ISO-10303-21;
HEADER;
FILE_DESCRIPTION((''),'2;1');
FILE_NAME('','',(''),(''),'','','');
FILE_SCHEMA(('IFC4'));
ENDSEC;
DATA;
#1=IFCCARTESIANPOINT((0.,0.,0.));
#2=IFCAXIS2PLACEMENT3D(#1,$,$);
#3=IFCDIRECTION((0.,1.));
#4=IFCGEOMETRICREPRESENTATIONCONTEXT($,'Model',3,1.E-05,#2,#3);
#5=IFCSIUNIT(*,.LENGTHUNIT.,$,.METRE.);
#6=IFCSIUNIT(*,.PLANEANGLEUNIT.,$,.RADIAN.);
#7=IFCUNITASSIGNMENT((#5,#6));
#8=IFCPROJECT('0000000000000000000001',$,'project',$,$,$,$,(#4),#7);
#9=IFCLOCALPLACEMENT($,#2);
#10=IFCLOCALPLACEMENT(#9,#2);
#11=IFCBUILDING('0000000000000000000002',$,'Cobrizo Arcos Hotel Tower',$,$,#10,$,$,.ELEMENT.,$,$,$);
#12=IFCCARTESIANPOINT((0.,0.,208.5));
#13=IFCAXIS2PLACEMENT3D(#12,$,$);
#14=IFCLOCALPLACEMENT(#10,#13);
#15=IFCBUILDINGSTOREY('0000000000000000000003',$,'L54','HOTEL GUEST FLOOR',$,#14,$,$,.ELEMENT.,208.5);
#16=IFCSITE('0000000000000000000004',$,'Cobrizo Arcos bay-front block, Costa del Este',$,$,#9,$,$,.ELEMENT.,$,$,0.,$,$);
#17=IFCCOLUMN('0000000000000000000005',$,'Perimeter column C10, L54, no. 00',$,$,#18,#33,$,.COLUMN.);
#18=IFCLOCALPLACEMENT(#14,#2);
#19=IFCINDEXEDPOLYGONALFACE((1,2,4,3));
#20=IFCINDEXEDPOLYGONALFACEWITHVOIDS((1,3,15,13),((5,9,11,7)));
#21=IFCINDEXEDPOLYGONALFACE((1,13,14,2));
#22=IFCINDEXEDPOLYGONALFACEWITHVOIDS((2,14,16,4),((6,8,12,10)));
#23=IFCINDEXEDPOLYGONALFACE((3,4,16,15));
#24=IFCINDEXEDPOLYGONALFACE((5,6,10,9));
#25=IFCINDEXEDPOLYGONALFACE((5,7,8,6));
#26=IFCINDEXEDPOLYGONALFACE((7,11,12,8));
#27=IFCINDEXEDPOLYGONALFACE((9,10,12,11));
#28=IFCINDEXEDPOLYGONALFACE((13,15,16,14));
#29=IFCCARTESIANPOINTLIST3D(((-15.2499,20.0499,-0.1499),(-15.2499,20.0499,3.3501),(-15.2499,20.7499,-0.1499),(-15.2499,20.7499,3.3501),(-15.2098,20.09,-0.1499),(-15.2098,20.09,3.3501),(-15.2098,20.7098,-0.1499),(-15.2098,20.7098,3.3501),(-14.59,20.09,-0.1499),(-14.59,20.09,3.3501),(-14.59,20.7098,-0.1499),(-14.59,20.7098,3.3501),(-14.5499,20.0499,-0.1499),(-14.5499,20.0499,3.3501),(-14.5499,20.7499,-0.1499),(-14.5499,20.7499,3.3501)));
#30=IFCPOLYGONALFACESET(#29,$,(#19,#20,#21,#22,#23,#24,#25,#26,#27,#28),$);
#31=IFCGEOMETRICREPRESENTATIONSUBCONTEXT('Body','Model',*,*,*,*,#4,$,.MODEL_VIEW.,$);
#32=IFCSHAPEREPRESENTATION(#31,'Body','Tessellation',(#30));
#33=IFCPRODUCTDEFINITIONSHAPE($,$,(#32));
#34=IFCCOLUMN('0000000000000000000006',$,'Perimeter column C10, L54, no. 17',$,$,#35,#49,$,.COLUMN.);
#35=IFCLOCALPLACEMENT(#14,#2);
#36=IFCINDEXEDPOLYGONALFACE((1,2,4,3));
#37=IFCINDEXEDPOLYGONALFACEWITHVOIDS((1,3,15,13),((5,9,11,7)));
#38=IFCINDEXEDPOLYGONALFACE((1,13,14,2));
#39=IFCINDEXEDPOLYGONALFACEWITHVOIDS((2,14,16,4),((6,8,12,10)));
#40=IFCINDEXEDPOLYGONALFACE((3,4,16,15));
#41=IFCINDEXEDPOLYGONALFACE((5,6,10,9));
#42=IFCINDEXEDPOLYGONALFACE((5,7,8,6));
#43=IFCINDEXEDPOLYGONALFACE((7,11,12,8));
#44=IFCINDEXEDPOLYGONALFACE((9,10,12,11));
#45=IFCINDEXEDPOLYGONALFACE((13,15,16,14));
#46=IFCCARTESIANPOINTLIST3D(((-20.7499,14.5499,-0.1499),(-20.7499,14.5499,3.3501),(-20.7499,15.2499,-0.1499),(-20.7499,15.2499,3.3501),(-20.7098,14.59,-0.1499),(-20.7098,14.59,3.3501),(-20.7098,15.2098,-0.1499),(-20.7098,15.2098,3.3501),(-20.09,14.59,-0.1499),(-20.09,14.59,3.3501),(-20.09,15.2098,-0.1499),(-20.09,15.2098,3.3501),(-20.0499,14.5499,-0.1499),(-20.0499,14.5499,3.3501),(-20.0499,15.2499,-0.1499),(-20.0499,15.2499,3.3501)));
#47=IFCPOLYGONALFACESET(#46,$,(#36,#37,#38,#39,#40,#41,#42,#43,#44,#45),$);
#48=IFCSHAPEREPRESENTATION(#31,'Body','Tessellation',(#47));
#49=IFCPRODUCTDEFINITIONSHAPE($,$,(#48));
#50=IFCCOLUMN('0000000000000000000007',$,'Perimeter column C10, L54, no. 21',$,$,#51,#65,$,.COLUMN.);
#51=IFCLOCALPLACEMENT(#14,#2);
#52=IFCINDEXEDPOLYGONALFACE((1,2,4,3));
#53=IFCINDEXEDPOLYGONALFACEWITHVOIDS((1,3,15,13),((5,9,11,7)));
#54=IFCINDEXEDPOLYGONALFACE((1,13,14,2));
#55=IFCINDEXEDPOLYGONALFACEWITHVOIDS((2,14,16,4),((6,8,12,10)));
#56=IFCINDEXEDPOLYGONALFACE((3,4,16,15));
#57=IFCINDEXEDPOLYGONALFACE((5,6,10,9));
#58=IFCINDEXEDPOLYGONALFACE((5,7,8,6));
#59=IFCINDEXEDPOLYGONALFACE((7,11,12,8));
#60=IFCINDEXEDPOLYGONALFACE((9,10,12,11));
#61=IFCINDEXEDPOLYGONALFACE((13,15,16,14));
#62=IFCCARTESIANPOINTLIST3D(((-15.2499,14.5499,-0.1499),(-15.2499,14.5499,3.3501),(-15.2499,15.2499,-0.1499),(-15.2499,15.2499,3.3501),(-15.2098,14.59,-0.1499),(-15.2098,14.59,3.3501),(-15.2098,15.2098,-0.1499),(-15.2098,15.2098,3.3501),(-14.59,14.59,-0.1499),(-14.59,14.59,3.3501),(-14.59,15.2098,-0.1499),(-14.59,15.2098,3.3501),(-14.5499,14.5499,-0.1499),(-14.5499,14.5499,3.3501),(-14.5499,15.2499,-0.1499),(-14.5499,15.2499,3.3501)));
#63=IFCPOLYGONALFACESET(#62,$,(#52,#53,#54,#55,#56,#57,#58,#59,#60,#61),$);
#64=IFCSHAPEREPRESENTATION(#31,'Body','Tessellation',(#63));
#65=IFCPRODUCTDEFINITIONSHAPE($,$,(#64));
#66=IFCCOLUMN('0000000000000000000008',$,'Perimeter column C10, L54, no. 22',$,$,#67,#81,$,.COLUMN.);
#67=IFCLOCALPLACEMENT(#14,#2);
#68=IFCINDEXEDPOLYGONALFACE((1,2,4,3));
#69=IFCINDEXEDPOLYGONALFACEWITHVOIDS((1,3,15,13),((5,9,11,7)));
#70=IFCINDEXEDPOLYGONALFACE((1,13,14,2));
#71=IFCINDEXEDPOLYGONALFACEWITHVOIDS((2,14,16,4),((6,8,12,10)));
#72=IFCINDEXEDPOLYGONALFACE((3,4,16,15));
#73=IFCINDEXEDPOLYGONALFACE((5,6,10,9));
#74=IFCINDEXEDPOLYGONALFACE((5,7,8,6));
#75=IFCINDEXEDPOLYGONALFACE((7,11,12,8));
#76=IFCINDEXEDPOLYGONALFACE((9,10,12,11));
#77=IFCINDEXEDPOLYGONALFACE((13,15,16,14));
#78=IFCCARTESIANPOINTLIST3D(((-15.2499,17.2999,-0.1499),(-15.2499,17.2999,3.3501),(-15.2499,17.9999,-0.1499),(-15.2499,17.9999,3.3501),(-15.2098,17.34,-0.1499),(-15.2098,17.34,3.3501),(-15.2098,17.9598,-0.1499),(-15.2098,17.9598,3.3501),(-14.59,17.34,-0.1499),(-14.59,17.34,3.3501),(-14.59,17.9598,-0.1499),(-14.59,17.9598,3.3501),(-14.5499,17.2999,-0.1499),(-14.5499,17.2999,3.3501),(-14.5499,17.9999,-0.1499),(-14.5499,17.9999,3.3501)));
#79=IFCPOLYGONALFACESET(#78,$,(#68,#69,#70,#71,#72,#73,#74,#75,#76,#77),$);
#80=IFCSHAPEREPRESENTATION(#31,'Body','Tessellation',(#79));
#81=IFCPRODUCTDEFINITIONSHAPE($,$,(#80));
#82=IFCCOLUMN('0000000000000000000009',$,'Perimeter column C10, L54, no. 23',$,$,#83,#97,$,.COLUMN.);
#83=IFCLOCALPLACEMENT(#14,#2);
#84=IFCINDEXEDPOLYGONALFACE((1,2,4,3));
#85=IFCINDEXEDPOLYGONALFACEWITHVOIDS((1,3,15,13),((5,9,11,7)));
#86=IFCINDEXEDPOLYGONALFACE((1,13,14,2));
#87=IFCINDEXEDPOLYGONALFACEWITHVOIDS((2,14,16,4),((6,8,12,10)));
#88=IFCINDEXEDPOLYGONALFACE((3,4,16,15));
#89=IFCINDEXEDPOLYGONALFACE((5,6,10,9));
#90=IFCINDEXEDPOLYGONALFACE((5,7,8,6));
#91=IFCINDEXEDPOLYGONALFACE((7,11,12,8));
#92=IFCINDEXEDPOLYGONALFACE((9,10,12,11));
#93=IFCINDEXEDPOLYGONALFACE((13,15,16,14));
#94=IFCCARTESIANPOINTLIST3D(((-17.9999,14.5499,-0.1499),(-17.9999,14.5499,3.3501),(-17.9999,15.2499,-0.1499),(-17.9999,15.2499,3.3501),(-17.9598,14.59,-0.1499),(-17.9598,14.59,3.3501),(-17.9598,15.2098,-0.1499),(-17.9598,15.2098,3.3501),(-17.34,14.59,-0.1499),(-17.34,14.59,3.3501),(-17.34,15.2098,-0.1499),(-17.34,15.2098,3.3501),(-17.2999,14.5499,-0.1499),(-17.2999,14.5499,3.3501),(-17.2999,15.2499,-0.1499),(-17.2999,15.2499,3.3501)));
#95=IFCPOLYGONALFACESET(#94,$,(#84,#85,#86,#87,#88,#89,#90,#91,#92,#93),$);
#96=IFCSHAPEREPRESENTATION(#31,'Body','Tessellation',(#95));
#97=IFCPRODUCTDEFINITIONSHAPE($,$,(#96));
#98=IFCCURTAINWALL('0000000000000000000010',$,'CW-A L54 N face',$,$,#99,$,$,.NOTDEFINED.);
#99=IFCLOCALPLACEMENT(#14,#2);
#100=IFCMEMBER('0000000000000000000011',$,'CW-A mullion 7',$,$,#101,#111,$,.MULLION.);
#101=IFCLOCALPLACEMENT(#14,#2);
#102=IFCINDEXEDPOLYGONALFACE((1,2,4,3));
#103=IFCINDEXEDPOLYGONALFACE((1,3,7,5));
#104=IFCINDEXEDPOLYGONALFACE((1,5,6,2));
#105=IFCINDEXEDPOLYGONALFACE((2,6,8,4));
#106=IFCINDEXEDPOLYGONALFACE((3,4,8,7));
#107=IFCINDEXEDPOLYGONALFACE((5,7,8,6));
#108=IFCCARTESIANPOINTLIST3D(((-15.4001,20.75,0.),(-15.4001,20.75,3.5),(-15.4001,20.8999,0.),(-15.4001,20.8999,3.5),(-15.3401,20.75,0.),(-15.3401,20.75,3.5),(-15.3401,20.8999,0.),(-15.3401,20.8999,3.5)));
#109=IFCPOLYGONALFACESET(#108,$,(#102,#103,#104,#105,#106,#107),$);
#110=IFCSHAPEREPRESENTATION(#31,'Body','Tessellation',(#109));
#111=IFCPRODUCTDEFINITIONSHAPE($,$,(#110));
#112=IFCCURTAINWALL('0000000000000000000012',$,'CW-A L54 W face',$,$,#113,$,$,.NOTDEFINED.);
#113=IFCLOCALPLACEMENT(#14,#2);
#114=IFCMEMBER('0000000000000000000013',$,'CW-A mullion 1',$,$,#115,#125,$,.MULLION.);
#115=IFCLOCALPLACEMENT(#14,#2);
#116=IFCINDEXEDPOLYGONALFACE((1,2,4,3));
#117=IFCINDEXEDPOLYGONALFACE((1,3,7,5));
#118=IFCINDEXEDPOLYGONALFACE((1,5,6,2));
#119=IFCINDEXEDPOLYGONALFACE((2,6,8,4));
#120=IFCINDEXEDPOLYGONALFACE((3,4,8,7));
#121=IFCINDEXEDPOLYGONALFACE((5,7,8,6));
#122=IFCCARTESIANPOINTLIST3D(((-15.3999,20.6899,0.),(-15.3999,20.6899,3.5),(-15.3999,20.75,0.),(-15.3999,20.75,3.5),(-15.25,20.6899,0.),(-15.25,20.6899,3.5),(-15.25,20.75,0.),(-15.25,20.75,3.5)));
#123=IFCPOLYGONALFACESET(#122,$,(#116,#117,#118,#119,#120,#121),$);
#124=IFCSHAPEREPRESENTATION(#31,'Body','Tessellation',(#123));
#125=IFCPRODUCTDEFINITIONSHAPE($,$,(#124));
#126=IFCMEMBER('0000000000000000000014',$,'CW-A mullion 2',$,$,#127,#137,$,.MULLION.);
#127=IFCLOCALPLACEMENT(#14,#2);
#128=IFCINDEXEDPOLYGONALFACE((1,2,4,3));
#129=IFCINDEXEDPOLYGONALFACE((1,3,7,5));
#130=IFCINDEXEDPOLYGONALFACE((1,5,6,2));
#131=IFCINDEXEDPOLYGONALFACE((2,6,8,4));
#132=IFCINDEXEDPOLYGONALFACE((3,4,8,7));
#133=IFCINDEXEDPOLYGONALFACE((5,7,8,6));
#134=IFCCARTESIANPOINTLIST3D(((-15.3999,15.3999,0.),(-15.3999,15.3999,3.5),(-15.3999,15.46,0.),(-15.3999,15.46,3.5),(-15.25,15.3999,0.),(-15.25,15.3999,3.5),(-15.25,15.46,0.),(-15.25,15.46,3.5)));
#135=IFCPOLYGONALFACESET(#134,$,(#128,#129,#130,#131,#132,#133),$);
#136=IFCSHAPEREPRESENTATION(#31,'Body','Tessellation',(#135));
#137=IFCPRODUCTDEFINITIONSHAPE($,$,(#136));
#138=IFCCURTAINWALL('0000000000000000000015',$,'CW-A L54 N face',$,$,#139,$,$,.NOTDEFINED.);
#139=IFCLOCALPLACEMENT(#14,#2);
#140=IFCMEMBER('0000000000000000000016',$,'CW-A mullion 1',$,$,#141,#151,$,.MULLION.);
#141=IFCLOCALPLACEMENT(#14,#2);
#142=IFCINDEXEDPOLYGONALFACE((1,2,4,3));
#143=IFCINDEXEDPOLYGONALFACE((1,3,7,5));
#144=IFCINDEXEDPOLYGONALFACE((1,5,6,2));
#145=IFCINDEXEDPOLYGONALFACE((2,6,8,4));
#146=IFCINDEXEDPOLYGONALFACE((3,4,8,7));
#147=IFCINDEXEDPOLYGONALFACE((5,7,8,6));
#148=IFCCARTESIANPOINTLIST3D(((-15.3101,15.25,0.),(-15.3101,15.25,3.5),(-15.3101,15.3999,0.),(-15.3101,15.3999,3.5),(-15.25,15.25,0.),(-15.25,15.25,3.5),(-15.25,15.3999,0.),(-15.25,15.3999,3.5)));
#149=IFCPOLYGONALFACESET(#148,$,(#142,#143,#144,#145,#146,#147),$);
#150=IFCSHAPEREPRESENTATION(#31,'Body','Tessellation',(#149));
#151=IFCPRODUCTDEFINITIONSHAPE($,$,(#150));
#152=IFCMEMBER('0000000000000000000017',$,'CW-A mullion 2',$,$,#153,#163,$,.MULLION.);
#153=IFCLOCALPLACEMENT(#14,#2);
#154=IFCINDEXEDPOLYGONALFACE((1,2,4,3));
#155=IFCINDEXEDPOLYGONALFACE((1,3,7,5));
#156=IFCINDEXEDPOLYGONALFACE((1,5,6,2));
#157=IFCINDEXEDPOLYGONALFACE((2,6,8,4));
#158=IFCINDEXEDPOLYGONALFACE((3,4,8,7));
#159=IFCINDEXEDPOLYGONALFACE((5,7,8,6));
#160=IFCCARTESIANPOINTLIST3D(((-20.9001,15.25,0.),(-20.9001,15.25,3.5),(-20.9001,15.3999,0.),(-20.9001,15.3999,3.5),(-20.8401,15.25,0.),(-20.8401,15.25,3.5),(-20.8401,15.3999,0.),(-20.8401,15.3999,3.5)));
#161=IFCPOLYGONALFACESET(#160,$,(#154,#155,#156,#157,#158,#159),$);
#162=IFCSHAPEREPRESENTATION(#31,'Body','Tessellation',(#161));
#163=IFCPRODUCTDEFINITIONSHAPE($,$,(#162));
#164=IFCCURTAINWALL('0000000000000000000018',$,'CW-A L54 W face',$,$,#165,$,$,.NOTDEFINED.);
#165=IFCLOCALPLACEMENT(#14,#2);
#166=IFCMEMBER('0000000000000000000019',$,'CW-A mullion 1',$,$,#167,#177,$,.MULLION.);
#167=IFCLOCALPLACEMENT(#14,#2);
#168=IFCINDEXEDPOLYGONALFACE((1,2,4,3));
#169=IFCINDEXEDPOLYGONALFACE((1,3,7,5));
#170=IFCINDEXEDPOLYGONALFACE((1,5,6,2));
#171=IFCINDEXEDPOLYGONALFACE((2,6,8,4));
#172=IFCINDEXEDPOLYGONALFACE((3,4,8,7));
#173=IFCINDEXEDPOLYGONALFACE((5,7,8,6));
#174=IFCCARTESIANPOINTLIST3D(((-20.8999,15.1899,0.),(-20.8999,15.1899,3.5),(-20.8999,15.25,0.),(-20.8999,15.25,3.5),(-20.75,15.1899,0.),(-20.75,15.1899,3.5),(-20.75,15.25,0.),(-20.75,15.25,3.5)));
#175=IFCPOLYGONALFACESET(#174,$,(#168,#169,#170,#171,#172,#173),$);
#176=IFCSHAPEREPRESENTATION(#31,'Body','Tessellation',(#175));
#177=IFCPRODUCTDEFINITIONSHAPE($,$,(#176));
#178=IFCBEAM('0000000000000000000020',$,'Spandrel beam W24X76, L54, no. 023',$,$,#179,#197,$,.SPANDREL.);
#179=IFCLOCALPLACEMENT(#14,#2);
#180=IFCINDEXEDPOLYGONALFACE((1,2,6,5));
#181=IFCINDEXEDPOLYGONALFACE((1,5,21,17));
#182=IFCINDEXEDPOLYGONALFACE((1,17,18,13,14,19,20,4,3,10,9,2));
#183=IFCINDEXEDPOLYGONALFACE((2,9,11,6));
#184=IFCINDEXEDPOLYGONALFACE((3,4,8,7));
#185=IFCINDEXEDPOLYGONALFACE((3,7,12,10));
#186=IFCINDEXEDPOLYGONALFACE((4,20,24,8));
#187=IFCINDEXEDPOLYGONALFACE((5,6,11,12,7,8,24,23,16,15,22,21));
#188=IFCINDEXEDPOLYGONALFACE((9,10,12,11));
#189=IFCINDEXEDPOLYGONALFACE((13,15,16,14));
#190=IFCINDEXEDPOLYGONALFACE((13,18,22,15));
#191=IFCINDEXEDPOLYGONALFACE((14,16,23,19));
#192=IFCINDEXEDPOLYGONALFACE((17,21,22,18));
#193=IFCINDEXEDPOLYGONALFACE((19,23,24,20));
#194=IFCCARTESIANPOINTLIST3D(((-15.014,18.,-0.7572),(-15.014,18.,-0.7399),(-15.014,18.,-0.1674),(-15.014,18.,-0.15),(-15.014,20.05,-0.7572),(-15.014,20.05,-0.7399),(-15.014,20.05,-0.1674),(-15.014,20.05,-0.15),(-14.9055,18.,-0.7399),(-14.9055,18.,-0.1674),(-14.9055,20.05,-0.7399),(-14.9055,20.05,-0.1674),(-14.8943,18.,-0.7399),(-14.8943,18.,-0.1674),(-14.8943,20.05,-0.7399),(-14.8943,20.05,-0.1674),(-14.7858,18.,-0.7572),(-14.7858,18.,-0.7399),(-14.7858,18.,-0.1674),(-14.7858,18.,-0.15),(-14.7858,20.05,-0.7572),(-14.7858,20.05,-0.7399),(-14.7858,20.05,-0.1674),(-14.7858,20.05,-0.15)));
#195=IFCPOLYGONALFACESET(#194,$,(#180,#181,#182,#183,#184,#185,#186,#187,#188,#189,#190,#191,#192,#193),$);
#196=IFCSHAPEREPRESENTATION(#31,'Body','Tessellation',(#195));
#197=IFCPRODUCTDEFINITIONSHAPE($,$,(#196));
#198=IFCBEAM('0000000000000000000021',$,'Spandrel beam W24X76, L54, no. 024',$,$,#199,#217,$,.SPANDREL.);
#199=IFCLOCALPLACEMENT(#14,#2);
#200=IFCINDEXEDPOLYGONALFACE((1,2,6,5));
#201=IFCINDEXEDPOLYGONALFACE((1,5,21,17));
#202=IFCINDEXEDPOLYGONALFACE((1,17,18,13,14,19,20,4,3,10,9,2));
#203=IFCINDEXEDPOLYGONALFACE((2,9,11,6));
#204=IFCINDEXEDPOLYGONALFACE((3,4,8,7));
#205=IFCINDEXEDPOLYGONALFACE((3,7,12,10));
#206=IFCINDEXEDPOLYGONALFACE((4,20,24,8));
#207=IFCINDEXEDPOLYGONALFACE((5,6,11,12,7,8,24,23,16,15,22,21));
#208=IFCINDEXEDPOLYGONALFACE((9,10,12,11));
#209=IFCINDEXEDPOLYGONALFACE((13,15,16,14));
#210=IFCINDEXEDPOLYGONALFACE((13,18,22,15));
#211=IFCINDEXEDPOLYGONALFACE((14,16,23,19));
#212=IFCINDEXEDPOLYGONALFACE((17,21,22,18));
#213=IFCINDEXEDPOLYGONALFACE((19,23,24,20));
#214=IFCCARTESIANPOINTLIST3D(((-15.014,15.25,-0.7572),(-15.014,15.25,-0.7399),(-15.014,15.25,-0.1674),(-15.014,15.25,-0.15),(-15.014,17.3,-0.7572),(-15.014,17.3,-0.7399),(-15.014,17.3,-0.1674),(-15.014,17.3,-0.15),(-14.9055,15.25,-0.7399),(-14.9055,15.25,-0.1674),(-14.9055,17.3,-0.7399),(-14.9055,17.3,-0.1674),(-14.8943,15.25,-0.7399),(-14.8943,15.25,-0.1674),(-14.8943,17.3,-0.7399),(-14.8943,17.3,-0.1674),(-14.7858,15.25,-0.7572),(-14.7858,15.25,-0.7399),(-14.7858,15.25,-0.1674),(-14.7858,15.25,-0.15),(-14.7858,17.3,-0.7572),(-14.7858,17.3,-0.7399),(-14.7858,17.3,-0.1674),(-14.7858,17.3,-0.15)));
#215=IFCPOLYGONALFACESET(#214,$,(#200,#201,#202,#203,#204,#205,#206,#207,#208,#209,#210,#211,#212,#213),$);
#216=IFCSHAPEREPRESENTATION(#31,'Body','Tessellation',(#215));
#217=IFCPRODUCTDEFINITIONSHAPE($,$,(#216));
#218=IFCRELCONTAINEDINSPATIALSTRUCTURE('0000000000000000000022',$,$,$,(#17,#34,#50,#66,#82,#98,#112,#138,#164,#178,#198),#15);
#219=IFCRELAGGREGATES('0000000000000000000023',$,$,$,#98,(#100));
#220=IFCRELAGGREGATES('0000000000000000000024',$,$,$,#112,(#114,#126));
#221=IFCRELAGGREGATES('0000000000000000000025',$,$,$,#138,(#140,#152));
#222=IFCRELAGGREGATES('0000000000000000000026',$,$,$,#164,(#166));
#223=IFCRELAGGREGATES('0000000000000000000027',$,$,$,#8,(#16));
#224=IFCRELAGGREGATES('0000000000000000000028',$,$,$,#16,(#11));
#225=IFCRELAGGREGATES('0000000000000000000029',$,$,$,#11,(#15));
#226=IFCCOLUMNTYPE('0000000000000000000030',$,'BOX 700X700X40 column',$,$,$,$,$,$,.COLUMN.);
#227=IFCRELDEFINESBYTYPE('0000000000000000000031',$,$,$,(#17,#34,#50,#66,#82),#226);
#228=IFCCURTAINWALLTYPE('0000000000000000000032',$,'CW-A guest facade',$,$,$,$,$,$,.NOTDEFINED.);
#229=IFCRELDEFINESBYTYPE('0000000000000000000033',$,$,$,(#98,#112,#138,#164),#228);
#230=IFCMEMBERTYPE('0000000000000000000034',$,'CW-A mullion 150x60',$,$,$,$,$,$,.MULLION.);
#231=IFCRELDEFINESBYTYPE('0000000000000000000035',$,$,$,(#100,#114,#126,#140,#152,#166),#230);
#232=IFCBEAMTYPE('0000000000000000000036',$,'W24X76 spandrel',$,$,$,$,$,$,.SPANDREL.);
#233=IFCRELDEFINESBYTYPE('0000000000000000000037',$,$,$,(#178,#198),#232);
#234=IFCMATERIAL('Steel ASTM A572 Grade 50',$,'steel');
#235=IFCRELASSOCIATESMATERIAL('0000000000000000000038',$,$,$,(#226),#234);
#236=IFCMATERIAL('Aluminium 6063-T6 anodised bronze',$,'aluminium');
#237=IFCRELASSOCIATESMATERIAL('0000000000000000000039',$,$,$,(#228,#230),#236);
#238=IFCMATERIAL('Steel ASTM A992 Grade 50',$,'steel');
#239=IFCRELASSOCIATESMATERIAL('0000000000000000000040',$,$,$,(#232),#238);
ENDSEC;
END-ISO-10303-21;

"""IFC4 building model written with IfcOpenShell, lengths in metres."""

from ifc_helpers import new_model, si_unit, direction, frame, origin, origin_2d, place, context, subcontext, project, spatial, rectangle, hollow_rectangle, i_section, extrude, material, material_profile, profile_set, type_object, element, aggregate, save


model = new_model("IFC4")

# Units and contexts
model_context = context("Model", 3, precision=1e-05, world=origin(), true_north=direction((0.0, 1.0)))
body_context = subcontext(model_context, "Body", "Model", "MODEL_VIEW")
ifc_project = project(units=[si_unit("LENGTHUNIT", "METRE"), si_unit("PLANEANGLEUNIT", "RADIAN")], contexts=[model_context])

# Site, building, storey
site_placement = place(None, origin())
site = spatial("IfcSite", under=ifc_project, at=site_placement, Name="Cobrizo Arcos bay-front block, Costa del Este", CompositionType="ELEMENT", RefElevation=0.0)
building_placement = place(site_placement, origin())
building = spatial("IfcBuilding", under=site, at=building_placement, Name="Cobrizo Arcos Hotel Tower", CompositionType="ELEMENT")
storey_placement = place(building_placement, frame((0.0, 0.0, 208.5)))
storey = spatial("IfcBuildingStorey", under=building, at=storey_placement, Name="L54", Description="HOTEL GUEST FLOOR", CompositionType="ELEMENT", Elevation=208.5)

# Columns
ifc_material_1 = material(Name="Steel ASTM A572 Grade 50", Category="steel")
ifc_material_profile_1 = material_profile(ifc_material_1, hollow_rectangle(XDim=0.7, YDim=0.7, WallThickness=0.04, at=origin_2d()), Name="BOX 700X700X40")
ifc_profile_set_1 = profile_set([ifc_material_profile_1], Name="Steel ASTM A572 Grade 50")
column_type = type_object("IfcColumnType", Name="BOX 700X700X40 column", PredefinedType="COLUMN", material=ifc_profile_set_1)
for number, where, z_axis, x_axis, name in (
    (1, (-14.8999, 20.3999, -0.1499), (0.0, 0.0, 1.0), (1.0, 0.0, 0.0), "Perimeter column C10, L54, no. 00"),
    (2, (-20.3999, 14.8999, -0.1499), (0.0, 0.0, 1.0), (1.0, 0.0, 0.0), "Perimeter column C10, L54, no. 17"),
    (3, (-14.8999, 14.8999, -0.1499), (0.0, 0.0, 1.0), (1.0, 0.0, 0.0), "Perimeter column C10, L54, no. 21"),
    (4, (-14.8999, 17.6499, -0.1499), (0.0, 0.0, 1.0), (1.0, 0.0, 0.0), "Perimeter column C10, L54, no. 22"),
    (5, (-17.6499, 14.8999, -0.1499), (0.0, 0.0, 1.0), (1.0, 0.0, 0.0), "Perimeter column C10, L54, no. 23"),
):
    element("IfcColumn", number, at=place(storey_placement, frame(where, z_axis=z_axis, x_axis=x_axis)), inside=storey, type_object=column_type, Name=name, PredefinedType="COLUMN", context=body_context, shape_type="SweptSolid", body=[
        extrude(hollow_rectangle(XDim=0.7, YDim=0.7, WallThickness=0.04, at=origin_2d()), origin(), (0.0, 0.0, 1.0), 3.5),
    ])

# Curtain wall, member
ifc_material_2 = material(Name="Aluminium 6063-T6 anodised bronze", Category="aluminium")
curtain_wall_type = type_object("IfcCurtainWallType", Name="CW-A guest facade", PredefinedType="NOTDEFINED", material=ifc_material_2)
curtain_wall_1_placement = place(storey_placement, origin())
curtain_wall_1 = element("IfcCurtainWall", 6, at=curtain_wall_1_placement, inside=storey, type_object=curtain_wall_type, Name="CW-A L54 N face", PredefinedType="NOTDEFINED")
ifc_material_profile_2 = material_profile(ifc_material_2, rectangle(XDim=0.1499, YDim=0.0601, at=origin_2d()), Name="CW-A mullion 150x60")
ifc_profile_set_2 = profile_set([ifc_material_profile_2], Name="Aluminium 6063-T6 anodised bronze")
member_type = type_object("IfcMemberType", Name="CW-A mullion 150x60", PredefinedType="MULLION", material=ifc_profile_set_2)
member_1_placement = place(storey_placement, frame((-15.3701, 20.825, 0.0), z_axis=(0.0, 0.0, 1.0), x_axis=(0.0, 1.0, 0.0)))
member_1 = element("IfcMember", 7, at=member_1_placement, type_object=member_type, Name="CW-A mullion 7", PredefinedType="MULLION", context=body_context, shape_type="SweptSolid", body=[
    extrude(rectangle(XDim=0.1499, YDim=0.0601, at=origin_2d()), origin(), (0.0, 0.0, 1.0), 3.5),
])
aggregate(curtain_wall_1, [member_1])

# Curtain walls, members
curtain_wall_2_placement = place(storey_placement, origin())
curtain_wall_2 = element("IfcCurtainWall", 8, at=curtain_wall_2_placement, inside=storey, type_object=curtain_wall_type, Name="CW-A L54 W face", PredefinedType="NOTDEFINED")
member_2_placement = place(storey_placement, frame((-15.325, 20.72, 0.0), z_axis=(0.0, 0.0, 1.0), x_axis=(-1.0, 0.0, 0.0)))
member_2 = element("IfcMember", 9, at=member_2_placement, type_object=member_type, Name="CW-A mullion 1", PredefinedType="MULLION", context=body_context, shape_type="SweptSolid", body=[
    extrude(rectangle(XDim=0.1499, YDim=0.0601, at=origin_2d()), origin(), (0.0, 0.0, 1.0), 3.5),
])
member_3_placement = place(storey_placement, frame((-15.325, 15.4299, 0.0), z_axis=(0.0, 0.0, 1.0), x_axis=(-1.0, 0.0, 0.0)))
member_3 = element("IfcMember", 10, at=member_3_placement, type_object=member_type, Name="CW-A mullion 2", PredefinedType="MULLION", context=body_context, shape_type="SweptSolid", body=[
    extrude(rectangle(XDim=0.1499, YDim=0.0601, at=origin_2d()), origin(), (0.0, 0.0, 1.0), 3.5),
])
curtain_wall_3_placement = place(storey_placement, origin())
curtain_wall_3 = element("IfcCurtainWall", 11, at=curtain_wall_3_placement, inside=storey, type_object=curtain_wall_type, Name="CW-A L54 N face", PredefinedType="NOTDEFINED")
member_4_placement = place(storey_placement, frame((-15.28, 15.325, 0.0), z_axis=(0.0, 0.0, 1.0), x_axis=(0.0, 1.0, 0.0)))
member_4 = element("IfcMember", 12, at=member_4_placement, type_object=member_type, Name="CW-A mullion 1", PredefinedType="MULLION", context=body_context, shape_type="SweptSolid", body=[
    extrude(rectangle(XDim=0.1499, YDim=0.0601, at=origin_2d()), origin(), (0.0, 0.0, 1.0), 3.5),
])
member_5_placement = place(storey_placement, frame((-20.8701, 15.325, 0.0), z_axis=(0.0, 0.0, 1.0), x_axis=(0.0, 1.0, 0.0)))
member_5 = element("IfcMember", 13, at=member_5_placement, type_object=member_type, Name="CW-A mullion 2", PredefinedType="MULLION", context=body_context, shape_type="SweptSolid", body=[
    extrude(rectangle(XDim=0.1499, YDim=0.0601, at=origin_2d()), origin(), (0.0, 0.0, 1.0), 3.5),
])

# Curtain wall, member
curtain_wall_4_placement = place(storey_placement, origin())
curtain_wall_4 = element("IfcCurtainWall", 14, at=curtain_wall_4_placement, inside=storey, type_object=curtain_wall_type, Name="CW-A L54 W face", PredefinedType="NOTDEFINED")
member_6_placement = place(storey_placement, frame((-20.825, 15.22, 0.0), z_axis=(0.0, 0.0, 1.0), x_axis=(-1.0, 0.0, 0.0)))
member_6 = element("IfcMember", 15, at=member_6_placement, type_object=member_type, Name="CW-A mullion 1", PredefinedType="MULLION", context=body_context, shape_type="SweptSolid", body=[
    extrude(rectangle(XDim=0.1499, YDim=0.0601, at=origin_2d()), origin(), (0.0, 0.0, 1.0), 3.5),
])

# Beams
ifc_material_3 = material(Name="Steel ASTM A992 Grade 50", Category="steel")
ifc_material_profile_3 = material_profile(ifc_material_3, i_section(OverallWidth=0.2283, OverallDepth=0.6072, WebThickness=0.0112, FlangeThickness=0.0173, at=origin_2d()), Name="W24X76")
ifc_profile_set_3 = profile_set([ifc_material_profile_3], Name="Steel ASTM A992 Grade 50")
beam_type = type_object("IfcBeamType", Name="W24X76 spandrel", PredefinedType="SPANDREL", material=ifc_profile_set_3)
for number, where, z_axis, x_axis, name in (
    (16, (-14.8999, 20.05, -0.4536), (0.0, -1.0, 0.0), (1.0, 0.0, 0.0), "Spandrel beam W24X76, L54, no. 023"),
    (17, (-14.8999, 17.3, -0.4536), (0.0, -1.0, 0.0), (1.0, 0.0, 0.0), "Spandrel beam W24X76, L54, no. 024"),
):
    element("IfcBeam", number, at=place(storey_placement, frame(where, z_axis=z_axis, x_axis=x_axis)), inside=storey, type_object=beam_type, Name=name, PredefinedType="SPANDREL", context=body_context, shape_type="SweptSolid", body=[
        extrude(i_section(OverallWidth=0.2283, OverallDepth=0.6072, WebThickness=0.0112, FlangeThickness=0.0173, at=origin_2d()), origin(), (0.0, 0.0, 1.0), 2.05),
    ])

aggregate(curtain_wall_2, [member_2, member_3])
aggregate(curtain_wall_3, [member_4, member_5])
aggregate(curtain_wall_4, [member_6])

save(model, "model.ifc")
